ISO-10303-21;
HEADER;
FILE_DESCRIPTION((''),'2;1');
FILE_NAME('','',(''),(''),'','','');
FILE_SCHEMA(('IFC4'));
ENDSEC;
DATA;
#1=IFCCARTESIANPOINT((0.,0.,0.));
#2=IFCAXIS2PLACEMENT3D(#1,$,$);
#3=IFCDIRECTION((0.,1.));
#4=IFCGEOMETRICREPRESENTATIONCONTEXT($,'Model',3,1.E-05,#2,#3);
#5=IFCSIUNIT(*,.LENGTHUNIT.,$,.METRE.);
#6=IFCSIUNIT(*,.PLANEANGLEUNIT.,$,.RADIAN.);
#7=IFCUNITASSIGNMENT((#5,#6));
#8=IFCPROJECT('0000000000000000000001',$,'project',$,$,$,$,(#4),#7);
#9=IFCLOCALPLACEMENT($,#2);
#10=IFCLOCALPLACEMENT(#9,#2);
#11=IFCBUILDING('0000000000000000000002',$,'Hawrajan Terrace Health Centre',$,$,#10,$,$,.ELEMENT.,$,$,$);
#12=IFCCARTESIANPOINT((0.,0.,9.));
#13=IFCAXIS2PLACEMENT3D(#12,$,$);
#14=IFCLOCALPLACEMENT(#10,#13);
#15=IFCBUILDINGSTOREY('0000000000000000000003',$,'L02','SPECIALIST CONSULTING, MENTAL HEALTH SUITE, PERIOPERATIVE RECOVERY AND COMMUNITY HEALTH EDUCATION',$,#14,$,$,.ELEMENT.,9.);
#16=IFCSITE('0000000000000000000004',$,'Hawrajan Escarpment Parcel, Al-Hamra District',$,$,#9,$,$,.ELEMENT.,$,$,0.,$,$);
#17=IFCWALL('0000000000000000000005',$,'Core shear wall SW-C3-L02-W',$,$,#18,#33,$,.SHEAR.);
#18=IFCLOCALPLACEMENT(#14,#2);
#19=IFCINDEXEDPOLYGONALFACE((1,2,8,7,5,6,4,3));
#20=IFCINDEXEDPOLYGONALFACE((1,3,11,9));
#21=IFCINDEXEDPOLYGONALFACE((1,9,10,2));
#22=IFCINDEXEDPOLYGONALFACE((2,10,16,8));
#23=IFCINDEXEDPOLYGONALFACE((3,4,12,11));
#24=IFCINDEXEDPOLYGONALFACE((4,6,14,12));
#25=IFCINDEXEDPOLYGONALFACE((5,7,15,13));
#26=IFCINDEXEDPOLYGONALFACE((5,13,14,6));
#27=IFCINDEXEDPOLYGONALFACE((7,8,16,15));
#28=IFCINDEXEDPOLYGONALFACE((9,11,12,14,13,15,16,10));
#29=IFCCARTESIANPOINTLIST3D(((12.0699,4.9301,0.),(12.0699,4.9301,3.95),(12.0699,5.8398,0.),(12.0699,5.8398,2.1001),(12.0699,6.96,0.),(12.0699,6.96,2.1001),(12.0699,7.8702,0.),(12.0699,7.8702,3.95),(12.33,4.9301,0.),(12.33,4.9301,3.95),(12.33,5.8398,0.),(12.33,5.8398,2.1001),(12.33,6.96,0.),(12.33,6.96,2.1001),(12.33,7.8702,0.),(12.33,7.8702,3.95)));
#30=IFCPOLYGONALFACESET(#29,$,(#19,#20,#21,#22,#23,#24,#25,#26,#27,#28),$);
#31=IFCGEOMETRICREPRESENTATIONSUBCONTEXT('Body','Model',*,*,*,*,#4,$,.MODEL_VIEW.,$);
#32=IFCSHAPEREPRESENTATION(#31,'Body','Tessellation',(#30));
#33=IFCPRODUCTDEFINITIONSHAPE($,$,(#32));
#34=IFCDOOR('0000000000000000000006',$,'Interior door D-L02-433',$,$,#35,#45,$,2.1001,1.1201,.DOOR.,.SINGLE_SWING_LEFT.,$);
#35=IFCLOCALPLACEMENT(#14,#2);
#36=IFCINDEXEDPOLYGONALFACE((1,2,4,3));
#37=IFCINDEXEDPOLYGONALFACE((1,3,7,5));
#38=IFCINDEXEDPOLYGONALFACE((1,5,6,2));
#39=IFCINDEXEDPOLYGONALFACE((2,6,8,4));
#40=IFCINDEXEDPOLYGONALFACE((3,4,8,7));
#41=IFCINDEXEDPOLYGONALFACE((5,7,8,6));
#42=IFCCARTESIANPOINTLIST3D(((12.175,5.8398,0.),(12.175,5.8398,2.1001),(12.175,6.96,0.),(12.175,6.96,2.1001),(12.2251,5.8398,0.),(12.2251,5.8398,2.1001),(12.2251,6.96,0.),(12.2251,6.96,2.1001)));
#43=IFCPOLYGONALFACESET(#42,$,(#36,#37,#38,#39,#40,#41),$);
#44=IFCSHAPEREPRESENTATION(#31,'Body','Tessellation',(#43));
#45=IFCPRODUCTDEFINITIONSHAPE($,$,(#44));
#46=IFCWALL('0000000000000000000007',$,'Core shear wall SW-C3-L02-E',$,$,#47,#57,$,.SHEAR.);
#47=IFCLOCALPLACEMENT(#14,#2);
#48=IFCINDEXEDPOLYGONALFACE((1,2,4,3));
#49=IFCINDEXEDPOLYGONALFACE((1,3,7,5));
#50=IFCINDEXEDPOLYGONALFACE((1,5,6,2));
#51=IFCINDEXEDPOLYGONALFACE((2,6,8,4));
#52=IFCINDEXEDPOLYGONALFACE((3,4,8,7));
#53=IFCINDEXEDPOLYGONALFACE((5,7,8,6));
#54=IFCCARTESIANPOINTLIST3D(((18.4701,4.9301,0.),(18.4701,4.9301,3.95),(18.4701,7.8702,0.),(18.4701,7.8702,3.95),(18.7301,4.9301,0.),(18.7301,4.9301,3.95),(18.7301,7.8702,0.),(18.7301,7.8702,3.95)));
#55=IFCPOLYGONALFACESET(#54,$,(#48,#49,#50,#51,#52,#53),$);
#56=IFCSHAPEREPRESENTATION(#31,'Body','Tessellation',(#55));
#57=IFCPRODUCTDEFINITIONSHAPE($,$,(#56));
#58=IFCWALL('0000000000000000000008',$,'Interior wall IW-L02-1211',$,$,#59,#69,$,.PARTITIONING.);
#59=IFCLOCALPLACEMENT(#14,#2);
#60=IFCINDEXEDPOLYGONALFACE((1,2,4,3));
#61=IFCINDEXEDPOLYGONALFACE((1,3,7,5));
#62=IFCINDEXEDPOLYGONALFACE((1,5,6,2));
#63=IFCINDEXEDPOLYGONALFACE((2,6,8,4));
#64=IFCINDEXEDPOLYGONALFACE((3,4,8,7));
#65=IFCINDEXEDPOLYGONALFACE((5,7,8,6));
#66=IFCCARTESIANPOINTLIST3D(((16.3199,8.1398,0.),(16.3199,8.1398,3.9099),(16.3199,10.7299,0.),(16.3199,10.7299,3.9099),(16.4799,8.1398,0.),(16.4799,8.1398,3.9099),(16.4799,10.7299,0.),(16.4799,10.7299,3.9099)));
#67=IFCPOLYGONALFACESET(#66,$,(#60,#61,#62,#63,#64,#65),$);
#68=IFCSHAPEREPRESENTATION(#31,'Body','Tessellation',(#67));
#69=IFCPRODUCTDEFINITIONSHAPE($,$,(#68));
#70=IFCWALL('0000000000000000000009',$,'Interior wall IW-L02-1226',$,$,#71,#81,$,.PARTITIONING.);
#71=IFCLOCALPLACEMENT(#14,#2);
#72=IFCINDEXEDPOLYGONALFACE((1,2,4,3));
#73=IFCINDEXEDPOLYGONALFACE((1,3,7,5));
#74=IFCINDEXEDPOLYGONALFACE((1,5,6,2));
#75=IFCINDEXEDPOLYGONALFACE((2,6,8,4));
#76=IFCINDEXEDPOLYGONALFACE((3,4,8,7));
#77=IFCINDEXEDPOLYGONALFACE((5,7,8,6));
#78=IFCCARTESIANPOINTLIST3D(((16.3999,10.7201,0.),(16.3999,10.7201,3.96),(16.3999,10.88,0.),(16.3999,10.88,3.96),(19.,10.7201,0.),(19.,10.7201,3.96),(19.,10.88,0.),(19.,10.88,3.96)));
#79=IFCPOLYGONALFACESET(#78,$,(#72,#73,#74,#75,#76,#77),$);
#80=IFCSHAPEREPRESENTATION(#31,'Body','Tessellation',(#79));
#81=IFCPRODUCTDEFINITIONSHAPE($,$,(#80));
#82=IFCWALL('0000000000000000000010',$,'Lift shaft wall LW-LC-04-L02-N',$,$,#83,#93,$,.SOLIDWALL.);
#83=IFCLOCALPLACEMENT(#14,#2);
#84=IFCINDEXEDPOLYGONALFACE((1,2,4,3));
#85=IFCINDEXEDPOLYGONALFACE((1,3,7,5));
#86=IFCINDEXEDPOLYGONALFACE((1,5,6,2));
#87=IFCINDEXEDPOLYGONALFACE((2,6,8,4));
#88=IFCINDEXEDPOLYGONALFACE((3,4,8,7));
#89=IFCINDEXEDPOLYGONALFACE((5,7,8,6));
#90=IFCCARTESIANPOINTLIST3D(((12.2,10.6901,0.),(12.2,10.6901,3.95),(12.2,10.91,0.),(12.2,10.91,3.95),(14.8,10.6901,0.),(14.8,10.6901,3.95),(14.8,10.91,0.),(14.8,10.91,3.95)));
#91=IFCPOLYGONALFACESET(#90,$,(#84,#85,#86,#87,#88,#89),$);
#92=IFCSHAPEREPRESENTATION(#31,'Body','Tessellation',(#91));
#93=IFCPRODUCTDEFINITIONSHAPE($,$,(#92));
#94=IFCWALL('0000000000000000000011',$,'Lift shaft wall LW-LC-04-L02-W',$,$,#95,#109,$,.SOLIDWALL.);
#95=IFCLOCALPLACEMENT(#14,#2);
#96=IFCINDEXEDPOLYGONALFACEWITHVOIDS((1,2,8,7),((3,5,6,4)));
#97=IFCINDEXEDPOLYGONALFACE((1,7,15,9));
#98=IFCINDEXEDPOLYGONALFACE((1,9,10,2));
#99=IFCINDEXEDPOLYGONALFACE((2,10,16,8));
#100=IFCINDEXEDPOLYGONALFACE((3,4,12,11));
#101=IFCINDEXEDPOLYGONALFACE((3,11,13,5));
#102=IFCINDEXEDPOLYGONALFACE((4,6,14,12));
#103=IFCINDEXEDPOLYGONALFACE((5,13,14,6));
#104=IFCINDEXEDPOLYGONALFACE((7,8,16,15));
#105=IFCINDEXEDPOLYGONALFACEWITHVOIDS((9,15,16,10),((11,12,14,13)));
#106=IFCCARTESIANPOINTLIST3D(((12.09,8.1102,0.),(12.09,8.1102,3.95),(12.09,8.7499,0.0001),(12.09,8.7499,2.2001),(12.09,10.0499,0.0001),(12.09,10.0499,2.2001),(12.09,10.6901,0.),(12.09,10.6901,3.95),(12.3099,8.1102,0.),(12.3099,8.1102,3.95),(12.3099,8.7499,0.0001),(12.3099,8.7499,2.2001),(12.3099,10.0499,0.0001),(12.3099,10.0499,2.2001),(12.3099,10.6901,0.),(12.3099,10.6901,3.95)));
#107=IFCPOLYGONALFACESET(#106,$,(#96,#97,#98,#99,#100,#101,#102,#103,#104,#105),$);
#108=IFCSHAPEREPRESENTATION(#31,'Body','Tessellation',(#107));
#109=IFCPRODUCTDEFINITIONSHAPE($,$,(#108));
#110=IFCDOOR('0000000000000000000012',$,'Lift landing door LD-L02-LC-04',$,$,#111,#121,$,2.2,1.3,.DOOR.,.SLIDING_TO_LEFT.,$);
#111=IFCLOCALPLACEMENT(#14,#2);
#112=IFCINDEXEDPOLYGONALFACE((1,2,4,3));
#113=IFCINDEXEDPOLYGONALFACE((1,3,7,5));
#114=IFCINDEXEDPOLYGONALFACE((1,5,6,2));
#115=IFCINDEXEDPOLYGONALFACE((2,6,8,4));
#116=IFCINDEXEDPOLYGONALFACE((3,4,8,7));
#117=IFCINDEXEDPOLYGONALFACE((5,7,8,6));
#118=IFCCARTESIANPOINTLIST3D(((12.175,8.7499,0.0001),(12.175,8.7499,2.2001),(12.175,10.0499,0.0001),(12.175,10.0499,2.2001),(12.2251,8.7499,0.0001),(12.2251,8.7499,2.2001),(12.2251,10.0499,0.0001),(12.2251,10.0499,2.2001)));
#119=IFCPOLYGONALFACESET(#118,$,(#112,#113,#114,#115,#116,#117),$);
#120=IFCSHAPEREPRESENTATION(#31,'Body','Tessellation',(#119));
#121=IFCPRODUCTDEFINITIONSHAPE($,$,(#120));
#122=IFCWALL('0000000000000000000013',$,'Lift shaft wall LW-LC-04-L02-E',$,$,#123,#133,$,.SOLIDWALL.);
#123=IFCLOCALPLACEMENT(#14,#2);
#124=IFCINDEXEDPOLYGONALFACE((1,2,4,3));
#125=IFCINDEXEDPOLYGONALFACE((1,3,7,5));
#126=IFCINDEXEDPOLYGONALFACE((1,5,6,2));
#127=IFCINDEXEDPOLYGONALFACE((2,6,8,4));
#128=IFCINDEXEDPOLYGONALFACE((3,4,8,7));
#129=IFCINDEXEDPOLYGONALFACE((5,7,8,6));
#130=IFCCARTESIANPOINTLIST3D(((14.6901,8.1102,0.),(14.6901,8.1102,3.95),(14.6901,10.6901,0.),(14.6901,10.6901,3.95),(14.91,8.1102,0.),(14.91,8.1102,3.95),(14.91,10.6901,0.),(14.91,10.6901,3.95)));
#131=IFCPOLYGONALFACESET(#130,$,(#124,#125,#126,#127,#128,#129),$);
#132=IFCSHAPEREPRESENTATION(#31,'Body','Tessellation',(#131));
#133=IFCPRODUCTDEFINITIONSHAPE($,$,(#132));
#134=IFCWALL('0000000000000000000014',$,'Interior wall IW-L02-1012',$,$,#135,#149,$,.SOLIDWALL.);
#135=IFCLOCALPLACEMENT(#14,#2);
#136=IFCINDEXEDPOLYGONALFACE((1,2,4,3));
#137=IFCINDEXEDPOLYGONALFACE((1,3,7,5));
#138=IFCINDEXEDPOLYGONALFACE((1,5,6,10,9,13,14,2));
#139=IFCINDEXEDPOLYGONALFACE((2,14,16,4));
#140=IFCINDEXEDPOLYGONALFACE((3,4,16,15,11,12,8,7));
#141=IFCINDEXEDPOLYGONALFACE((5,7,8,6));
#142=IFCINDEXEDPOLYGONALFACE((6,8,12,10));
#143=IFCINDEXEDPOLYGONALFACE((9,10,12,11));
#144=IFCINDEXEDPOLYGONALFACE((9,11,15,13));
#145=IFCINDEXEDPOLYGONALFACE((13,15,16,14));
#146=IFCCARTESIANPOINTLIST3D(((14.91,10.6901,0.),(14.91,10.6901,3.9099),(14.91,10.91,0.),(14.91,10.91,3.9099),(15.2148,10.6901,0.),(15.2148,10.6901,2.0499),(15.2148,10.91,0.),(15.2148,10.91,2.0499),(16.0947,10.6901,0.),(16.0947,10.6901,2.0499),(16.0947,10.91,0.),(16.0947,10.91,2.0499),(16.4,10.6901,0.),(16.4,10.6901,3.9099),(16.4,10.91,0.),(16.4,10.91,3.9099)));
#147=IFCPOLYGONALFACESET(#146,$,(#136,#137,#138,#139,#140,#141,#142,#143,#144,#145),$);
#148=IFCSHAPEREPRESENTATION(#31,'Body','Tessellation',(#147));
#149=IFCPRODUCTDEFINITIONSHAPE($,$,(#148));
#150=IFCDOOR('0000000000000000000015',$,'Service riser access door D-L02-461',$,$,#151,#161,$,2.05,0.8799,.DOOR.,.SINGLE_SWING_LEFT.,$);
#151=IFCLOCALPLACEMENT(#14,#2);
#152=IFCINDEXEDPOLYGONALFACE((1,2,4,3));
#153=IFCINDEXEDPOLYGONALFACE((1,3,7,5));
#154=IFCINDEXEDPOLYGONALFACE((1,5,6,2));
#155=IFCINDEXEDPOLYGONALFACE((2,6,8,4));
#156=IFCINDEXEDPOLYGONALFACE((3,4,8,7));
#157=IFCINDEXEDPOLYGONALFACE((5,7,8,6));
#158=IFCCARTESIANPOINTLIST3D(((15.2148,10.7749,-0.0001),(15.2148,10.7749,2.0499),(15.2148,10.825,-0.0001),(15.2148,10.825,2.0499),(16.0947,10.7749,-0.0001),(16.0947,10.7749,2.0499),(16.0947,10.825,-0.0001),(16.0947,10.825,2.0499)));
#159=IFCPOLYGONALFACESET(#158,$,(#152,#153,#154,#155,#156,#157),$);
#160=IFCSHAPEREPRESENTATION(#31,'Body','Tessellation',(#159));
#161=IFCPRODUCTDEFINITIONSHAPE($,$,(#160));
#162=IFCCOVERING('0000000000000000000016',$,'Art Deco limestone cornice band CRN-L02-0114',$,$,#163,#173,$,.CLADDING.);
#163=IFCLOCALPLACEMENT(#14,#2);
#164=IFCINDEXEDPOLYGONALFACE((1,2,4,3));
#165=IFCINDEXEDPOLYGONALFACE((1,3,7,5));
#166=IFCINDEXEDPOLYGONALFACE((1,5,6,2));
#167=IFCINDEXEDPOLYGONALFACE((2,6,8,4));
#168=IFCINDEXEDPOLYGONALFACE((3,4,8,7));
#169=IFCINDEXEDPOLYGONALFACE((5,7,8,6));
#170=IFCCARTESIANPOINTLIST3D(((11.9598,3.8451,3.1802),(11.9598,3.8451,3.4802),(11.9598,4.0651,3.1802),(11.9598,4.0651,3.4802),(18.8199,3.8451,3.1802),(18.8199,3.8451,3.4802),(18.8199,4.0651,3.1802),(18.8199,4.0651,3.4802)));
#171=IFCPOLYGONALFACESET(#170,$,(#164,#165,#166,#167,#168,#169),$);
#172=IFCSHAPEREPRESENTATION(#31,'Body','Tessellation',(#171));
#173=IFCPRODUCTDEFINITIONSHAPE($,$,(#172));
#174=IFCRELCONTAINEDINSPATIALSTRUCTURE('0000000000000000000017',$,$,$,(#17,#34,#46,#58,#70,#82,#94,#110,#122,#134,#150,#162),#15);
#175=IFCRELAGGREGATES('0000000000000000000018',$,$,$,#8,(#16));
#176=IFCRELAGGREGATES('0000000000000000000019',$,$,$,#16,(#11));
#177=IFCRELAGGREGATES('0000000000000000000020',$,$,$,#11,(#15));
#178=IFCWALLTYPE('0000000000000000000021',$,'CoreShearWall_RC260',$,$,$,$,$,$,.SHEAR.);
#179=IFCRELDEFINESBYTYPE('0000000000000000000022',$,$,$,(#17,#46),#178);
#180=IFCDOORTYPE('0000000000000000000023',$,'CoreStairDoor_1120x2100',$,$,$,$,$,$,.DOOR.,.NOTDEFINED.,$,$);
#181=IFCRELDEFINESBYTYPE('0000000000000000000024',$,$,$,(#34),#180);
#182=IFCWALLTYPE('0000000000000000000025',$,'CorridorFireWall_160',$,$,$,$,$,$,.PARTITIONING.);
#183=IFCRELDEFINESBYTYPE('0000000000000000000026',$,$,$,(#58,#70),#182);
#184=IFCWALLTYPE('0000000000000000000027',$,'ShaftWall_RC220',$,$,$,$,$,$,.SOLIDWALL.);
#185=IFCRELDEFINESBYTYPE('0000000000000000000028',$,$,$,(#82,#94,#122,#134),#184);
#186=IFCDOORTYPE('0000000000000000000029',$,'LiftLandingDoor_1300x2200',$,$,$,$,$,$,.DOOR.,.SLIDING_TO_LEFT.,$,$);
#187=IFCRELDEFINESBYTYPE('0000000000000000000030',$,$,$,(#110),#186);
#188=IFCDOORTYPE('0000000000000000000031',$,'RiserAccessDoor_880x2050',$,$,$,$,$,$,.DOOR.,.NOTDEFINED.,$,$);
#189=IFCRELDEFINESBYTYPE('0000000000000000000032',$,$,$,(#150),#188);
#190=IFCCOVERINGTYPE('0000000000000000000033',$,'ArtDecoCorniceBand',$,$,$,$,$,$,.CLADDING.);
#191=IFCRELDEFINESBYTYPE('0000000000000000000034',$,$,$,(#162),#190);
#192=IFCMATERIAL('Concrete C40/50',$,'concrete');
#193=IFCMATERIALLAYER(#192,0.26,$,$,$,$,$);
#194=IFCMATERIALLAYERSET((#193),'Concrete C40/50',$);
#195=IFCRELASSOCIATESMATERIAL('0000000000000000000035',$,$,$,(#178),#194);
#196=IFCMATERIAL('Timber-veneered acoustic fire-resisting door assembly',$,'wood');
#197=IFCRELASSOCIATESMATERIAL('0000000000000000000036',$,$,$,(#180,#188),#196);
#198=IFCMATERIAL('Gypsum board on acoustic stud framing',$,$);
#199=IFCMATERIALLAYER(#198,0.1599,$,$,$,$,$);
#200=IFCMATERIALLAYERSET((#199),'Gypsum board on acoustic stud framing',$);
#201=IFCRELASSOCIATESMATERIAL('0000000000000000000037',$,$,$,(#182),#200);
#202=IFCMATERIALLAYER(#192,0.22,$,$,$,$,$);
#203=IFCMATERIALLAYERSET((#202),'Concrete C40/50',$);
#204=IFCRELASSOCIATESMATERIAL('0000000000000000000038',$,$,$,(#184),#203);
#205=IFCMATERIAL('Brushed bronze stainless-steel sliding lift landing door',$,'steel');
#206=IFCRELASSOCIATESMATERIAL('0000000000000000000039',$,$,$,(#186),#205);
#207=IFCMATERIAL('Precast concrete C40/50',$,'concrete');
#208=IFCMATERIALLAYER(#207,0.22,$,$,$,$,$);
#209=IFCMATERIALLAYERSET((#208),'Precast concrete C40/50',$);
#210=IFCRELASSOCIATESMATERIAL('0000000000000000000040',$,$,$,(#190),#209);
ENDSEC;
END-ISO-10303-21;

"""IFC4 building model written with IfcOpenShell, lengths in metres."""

from ifc_helpers import new_model, si_unit, direction, frame, frame_2d, origin, origin_2d, place, context, subcontext, project, spatial, rectangle, extrude, material, layer, layer_set, type_object, element, fill, save


model = new_model("IFC4")

# Units and contexts
model_context = context("Model", 3, precision=1e-05, world=origin(), true_north=direction((0.0, 1.0)))
body_context = subcontext(model_context, "Body", "Model", "MODEL_VIEW")
ifc_project = project(units=[si_unit("LENGTHUNIT", "METRE"), si_unit("PLANEANGLEUNIT", "RADIAN")], contexts=[model_context])

# Site, building, storey
site_placement = place(None, origin())
site = spatial("IfcSite", under=ifc_project, at=site_placement, Name="Hawrajan Escarpment Parcel, Al-Hamra District", CompositionType="ELEMENT", RefElevation=0.0)
building_placement = place(site_placement, origin())
building = spatial("IfcBuilding", under=site, at=building_placement, Name="Hawrajan Terrace Health Centre", CompositionType="ELEMENT")
storey_placement = place(building_placement, frame((0.0, 0.0, 9.0)))
storey = spatial("IfcBuildingStorey", under=building, at=storey_placement, Name="L02", Description="SPECIALIST CONSULTING, MENTAL HEALTH SUITE, PERIOPERATIVE RECOVERY AND COMMUNITY HEALTH EDUCATION", CompositionType="ELEMENT", Elevation=9.0)

# Shared definitions
ifc_material_1 = material(Name="Precast concrete C40/50", Category="concrete")
ifc_material_2 = material(Name="Gypsum board on acoustic stud framing")

# Shared definitions
ifc_material_3 = material(Name="Concrete C40/50", Category="concrete")
ifc_layer_1 = layer(ifc_material_3, 0.26)
ifc_layer_set_1 = layer_set([ifc_layer_1], Name="Concrete C40/50")
wall_type_1 = type_object("IfcWallType", Name="CoreShearWall_RC260", PredefinedType="SHEAR", material=ifc_layer_set_1)

# Wall, opening, door
wall_1_placement = place(storey_placement, frame((12.2, 4.9299, 0.0), z_axis=(0.0, 0.0, 1.0), x_axis=(0.0, 1.0, 0.0)))
wall_1 = element("IfcWall", 1, at=wall_1_placement, inside=storey, type_object=wall_type_1, Name="Core shear wall SW-C3-L02-W", PredefinedType="SHEAR", context=body_context, shape_type="SweptSolid", body=[
    extrude(rectangle(XDim=2.9402, YDim=0.26, at=frame_2d((1.4702, 0.0))), origin(), (0.0, 0.0, 1.0), 3.95),
])
opening_1_placement = place(wall_1_placement, frame((0.9099, 0.0, 0.0)))
opening_1 = element("IfcOpeningElement", 2, at=opening_1_placement, cuts=wall_1, PredefinedType="OPENING", context=body_context, shape_type="SweptSolid", body=[
    extrude(rectangle(XDim=1.1201, YDim=2.1001, at=frame_2d((0.5601, 1.05))), frame((0.0, 0.1399, 0.0), z_axis=(0.0, -1.0, 0.0), x_axis=(1.0, 0.0, 0.0)), (0.0, 0.0, 1.0), 0.28),
])
ifc_material_4 = material(Name="Timber-veneered acoustic fire-resisting door assembly", Category="wood")
door_type_1 = type_object("IfcDoorType", Name="CoreStairDoor_1120x2100", OperationType="NOTDEFINED", PredefinedType="DOOR", material=ifc_material_4)
door_1_placement = place(opening_1_placement, origin())
door_1 = element("IfcDoor", 3, at=door_1_placement, inside=storey, type_object=door_type_1, Name="Interior door D-L02-433", OperationType="SINGLE_SWING_LEFT", OverallHeight=2.1001, OverallWidth=1.1201, PredefinedType="DOOR", context=body_context, shape_type="SweptSolid", body=[
    extrude(rectangle(XDim=1.1201, YDim=2.1001, at=frame_2d((0.5601, 1.05))), frame((0.0, 0.0249, 0.0), z_axis=(0.0, -1.0, 0.0), x_axis=(1.0, 0.0, 0.0)), (0.0, 0.0, 1.0), 0.05),
])
fill(opening_1, door_1)

# Walls
wall_2_placement = place(storey_placement, frame((18.6001, 4.9299, 0.0), z_axis=(0.0, 0.0, 1.0), x_axis=(0.0, 1.0, 0.0)))
element("IfcWall", 4, at=wall_2_placement, inside=storey, type_object=wall_type_1, Name="Core shear wall SW-C3-L02-E", PredefinedType="SHEAR", context=body_context, shape_type="SweptSolid", body=[
    extrude(rectangle(XDim=2.9402, YDim=0.26, at=frame_2d((1.4702, 0.0))), origin(), (0.0, 0.0, 1.0), 3.95),
])
ifc_layer_2 = layer(ifc_material_2, 0.1599)
ifc_layer_set_2 = layer_set([ifc_layer_2], Name="Gypsum board on acoustic stud framing")
wall_type_2 = type_object("IfcWallType", Name="CorridorFireWall_160", PredefinedType="PARTITIONING", material=ifc_layer_set_2)
wall_3_placement = place(storey_placement, frame((16.3999, 8.1399, 0.0), z_axis=(0.0, 0.0, 1.0), x_axis=(0.0, 1.0, 0.0)))
element("IfcWall", 5, at=wall_3_placement, inside=storey, type_object=wall_type_2, Name="Interior wall IW-L02-1211", PredefinedType="PARTITIONING", context=body_context, shape_type="SweptSolid", body=[
    extrude(rectangle(XDim=2.5901, YDim=0.1599, at=frame_2d((1.2949, 0.0))), origin(), (0.0, 0.0, 1.0), 3.9099),
])
wall_4_placement = place(storey_placement, frame((16.3999, 10.8, 0.0), z_axis=(0.0, 0.0, 1.0), x_axis=(1.0, 0.0, 0.0)))
element("IfcWall", 6, at=wall_4_placement, inside=storey, type_object=wall_type_2, Name="Interior wall IW-L02-1226", PredefinedType="PARTITIONING", context=body_context, shape_type="SweptSolid", body=[
    extrude(rectangle(XDim=2.6001, YDim=0.1599, at=frame_2d((1.3, 0.0))), origin(), (0.0, 0.0, 1.0), 3.96),
])
ifc_layer_3 = layer(ifc_material_3, 0.22)
ifc_layer_set_3 = layer_set([ifc_layer_3], Name="Concrete C40/50")
wall_type_3 = type_object("IfcWallType", Name="ShaftWall_RC220", PredefinedType="SOLIDWALL", material=ifc_layer_set_3)
wall_5_placement = place(storey_placement, frame((12.2, 10.8, 0.0), z_axis=(0.0, 0.0, 1.0), x_axis=(1.0, 0.0, 0.0)))
element("IfcWall", 7, at=wall_5_placement, inside=storey, type_object=wall_type_3, Name="Lift shaft wall LW-LC-04-L02-N", PredefinedType="SOLIDWALL", context=body_context, shape_type="SweptSolid", body=[
    extrude(rectangle(XDim=2.6001, YDim=0.22, at=frame_2d((1.3, 0.0))), origin(), (0.0, 0.0, 1.0), 3.95),
])

# Wall, opening, door
wall_6_placement = place(storey_placement, frame((12.2, 8.1101, 0.0), z_axis=(0.0, 0.0, 1.0), x_axis=(0.0, 1.0, 0.0)))
wall_6 = element("IfcWall", 8, at=wall_6_placement, inside=storey, type_object=wall_type_3, Name="Lift shaft wall LW-LC-04-L02-W", PredefinedType="SOLIDWALL", context=body_context, shape_type="SweptSolid", body=[
    extrude(rectangle(XDim=2.5798, YDim=0.22, at=frame_2d((1.29, 0.0))), origin(), (0.0, 0.0, 1.0), 3.95),
])
opening_2_placement = place(wall_6_placement, frame((0.6399, 0.0, 0.0)))
opening_2 = element("IfcOpeningElement", 9, at=opening_2_placement, cuts=wall_6, PredefinedType="OPENING", context=body_context, shape_type="SweptSolid", body=[
    extrude(rectangle(XDim=1.3, YDim=2.2, at=frame_2d((0.6499, 1.1001))), frame((0.0, 0.1199, 0.0), z_axis=(0.0, -1.0, 0.0), x_axis=(1.0, 0.0, 0.0)), (0.0, 0.0, 1.0), 0.24),
])
ifc_material_5 = material(Name="Brushed bronze stainless-steel sliding lift landing door", Category="steel")
door_type_2 = type_object("IfcDoorType", Name="LiftLandingDoor_1300x2200", OperationType="SLIDING_TO_LEFT", PredefinedType="DOOR", material=ifc_material_5)
door_2_placement = place(opening_2_placement, origin())
door_2 = element("IfcDoor", 10, at=door_2_placement, inside=storey, type_object=door_type_2, Name="Lift landing door LD-L02-LC-04", OperationType="SLIDING_TO_LEFT", OverallHeight=2.2, OverallWidth=1.3, PredefinedType="DOOR", context=body_context, shape_type="SweptSolid", body=[
    extrude(rectangle(XDim=1.3, YDim=2.2, at=frame_2d((0.6499, 1.1001))), frame((0.0, 0.0249, 0.0), z_axis=(0.0, -1.0, 0.0), x_axis=(1.0, 0.0, 0.0)), (0.0, 0.0, 1.0), 0.05),
])
fill(opening_2, door_2)

# Wall
wall_7_placement = place(storey_placement, frame((14.8, 8.1101, 0.0), z_axis=(0.0, 0.0, 1.0), x_axis=(0.0, 1.0, 0.0)))
element("IfcWall", 11, at=wall_7_placement, inside=storey, type_object=wall_type_3, Name="Lift shaft wall LW-LC-04-L02-E", PredefinedType="SOLIDWALL", context=body_context, shape_type="SweptSolid", body=[
    extrude(rectangle(XDim=2.5798, YDim=0.22, at=frame_2d((1.29, 0.0))), origin(), (0.0, 0.0, 1.0), 3.95),
])

# Wall, opening, door
wall_8_placement = place(storey_placement, frame((14.9099, 10.8, 0.0), z_axis=(0.0, 0.0, 1.0), x_axis=(1.0, 0.0, 0.0)))
wall_8 = element("IfcWall", 12, at=wall_8_placement, inside=storey, type_object=wall_type_3, Name="Interior wall IW-L02-1012", PredefinedType="SOLIDWALL", context=body_context, shape_type="SweptSolid", body=[
    extrude(rectangle(XDim=1.49, YDim=0.22, at=frame_2d((0.7451, 0.0))), origin(), (0.0, 0.0, 1.0), 3.9099),
])
opening_3_placement = place(wall_8_placement, frame((0.3049, 0.0, 0.0)))
opening_3 = element("IfcOpeningElement", 13, at=opening_3_placement, cuts=wall_8, PredefinedType="OPENING", context=body_context, shape_type="SweptSolid", body=[
    extrude(rectangle(XDim=0.8799, YDim=2.05, at=frame_2d((0.4399, 1.0249))), frame((0.0, 0.1199, 0.0), z_axis=(0.0, -1.0, 0.0), x_axis=(1.0, 0.0, 0.0)), (0.0, 0.0, 1.0), 0.24),
])
door_type_3 = type_object("IfcDoorType", Name="RiserAccessDoor_880x2050", OperationType="NOTDEFINED", PredefinedType="DOOR", material=ifc_material_4)
door_3_placement = place(opening_3_placement, origin())
door_3 = element("IfcDoor", 14, at=door_3_placement, inside=storey, type_object=door_type_3, Name="Service riser access door D-L02-461", OperationType="SINGLE_SWING_LEFT", OverallHeight=2.05, OverallWidth=0.8799, PredefinedType="DOOR", context=body_context, shape_type="SweptSolid", body=[
    extrude(rectangle(XDim=0.8799, YDim=2.05, at=frame_2d((0.4399, 1.0249))), frame((0.0, 0.0249, 0.0), z_axis=(0.0, -1.0, 0.0), x_axis=(1.0, 0.0, 0.0)), (0.0, 0.0, 1.0), 0.05),
])
fill(opening_3, door_3)

# Covering
ifc_layer_4 = layer(ifc_material_1, 0.22)
ifc_layer_set_4 = layer_set([ifc_layer_4], Name="Precast concrete C40/50")
covering_type_1 = type_object("IfcCoveringType", Name="ArtDecoCorniceBand", PredefinedType="CLADDING", material=ifc_layer_set_4)
covering_1_placement = place(storey_placement, frame((15.3899, 3.9551, 3.1802), z_axis=(0.0, 0.0, 1.0), x_axis=(1.0, 0.0, 0.0)))
element("IfcCovering", 15, at=covering_1_placement, inside=storey, type_object=covering_type_1, Name="Art Deco limestone cornice band CRN-L02-0114", PredefinedType="CLADDING", context=body_context, shape_type="SweptSolid", body=[
    extrude(rectangle(XDim=6.8601, YDim=0.22, at=origin_2d()), origin(), (0.0, 0.0, 1.0), 0.3),
])

save(model, "model.ifc")
